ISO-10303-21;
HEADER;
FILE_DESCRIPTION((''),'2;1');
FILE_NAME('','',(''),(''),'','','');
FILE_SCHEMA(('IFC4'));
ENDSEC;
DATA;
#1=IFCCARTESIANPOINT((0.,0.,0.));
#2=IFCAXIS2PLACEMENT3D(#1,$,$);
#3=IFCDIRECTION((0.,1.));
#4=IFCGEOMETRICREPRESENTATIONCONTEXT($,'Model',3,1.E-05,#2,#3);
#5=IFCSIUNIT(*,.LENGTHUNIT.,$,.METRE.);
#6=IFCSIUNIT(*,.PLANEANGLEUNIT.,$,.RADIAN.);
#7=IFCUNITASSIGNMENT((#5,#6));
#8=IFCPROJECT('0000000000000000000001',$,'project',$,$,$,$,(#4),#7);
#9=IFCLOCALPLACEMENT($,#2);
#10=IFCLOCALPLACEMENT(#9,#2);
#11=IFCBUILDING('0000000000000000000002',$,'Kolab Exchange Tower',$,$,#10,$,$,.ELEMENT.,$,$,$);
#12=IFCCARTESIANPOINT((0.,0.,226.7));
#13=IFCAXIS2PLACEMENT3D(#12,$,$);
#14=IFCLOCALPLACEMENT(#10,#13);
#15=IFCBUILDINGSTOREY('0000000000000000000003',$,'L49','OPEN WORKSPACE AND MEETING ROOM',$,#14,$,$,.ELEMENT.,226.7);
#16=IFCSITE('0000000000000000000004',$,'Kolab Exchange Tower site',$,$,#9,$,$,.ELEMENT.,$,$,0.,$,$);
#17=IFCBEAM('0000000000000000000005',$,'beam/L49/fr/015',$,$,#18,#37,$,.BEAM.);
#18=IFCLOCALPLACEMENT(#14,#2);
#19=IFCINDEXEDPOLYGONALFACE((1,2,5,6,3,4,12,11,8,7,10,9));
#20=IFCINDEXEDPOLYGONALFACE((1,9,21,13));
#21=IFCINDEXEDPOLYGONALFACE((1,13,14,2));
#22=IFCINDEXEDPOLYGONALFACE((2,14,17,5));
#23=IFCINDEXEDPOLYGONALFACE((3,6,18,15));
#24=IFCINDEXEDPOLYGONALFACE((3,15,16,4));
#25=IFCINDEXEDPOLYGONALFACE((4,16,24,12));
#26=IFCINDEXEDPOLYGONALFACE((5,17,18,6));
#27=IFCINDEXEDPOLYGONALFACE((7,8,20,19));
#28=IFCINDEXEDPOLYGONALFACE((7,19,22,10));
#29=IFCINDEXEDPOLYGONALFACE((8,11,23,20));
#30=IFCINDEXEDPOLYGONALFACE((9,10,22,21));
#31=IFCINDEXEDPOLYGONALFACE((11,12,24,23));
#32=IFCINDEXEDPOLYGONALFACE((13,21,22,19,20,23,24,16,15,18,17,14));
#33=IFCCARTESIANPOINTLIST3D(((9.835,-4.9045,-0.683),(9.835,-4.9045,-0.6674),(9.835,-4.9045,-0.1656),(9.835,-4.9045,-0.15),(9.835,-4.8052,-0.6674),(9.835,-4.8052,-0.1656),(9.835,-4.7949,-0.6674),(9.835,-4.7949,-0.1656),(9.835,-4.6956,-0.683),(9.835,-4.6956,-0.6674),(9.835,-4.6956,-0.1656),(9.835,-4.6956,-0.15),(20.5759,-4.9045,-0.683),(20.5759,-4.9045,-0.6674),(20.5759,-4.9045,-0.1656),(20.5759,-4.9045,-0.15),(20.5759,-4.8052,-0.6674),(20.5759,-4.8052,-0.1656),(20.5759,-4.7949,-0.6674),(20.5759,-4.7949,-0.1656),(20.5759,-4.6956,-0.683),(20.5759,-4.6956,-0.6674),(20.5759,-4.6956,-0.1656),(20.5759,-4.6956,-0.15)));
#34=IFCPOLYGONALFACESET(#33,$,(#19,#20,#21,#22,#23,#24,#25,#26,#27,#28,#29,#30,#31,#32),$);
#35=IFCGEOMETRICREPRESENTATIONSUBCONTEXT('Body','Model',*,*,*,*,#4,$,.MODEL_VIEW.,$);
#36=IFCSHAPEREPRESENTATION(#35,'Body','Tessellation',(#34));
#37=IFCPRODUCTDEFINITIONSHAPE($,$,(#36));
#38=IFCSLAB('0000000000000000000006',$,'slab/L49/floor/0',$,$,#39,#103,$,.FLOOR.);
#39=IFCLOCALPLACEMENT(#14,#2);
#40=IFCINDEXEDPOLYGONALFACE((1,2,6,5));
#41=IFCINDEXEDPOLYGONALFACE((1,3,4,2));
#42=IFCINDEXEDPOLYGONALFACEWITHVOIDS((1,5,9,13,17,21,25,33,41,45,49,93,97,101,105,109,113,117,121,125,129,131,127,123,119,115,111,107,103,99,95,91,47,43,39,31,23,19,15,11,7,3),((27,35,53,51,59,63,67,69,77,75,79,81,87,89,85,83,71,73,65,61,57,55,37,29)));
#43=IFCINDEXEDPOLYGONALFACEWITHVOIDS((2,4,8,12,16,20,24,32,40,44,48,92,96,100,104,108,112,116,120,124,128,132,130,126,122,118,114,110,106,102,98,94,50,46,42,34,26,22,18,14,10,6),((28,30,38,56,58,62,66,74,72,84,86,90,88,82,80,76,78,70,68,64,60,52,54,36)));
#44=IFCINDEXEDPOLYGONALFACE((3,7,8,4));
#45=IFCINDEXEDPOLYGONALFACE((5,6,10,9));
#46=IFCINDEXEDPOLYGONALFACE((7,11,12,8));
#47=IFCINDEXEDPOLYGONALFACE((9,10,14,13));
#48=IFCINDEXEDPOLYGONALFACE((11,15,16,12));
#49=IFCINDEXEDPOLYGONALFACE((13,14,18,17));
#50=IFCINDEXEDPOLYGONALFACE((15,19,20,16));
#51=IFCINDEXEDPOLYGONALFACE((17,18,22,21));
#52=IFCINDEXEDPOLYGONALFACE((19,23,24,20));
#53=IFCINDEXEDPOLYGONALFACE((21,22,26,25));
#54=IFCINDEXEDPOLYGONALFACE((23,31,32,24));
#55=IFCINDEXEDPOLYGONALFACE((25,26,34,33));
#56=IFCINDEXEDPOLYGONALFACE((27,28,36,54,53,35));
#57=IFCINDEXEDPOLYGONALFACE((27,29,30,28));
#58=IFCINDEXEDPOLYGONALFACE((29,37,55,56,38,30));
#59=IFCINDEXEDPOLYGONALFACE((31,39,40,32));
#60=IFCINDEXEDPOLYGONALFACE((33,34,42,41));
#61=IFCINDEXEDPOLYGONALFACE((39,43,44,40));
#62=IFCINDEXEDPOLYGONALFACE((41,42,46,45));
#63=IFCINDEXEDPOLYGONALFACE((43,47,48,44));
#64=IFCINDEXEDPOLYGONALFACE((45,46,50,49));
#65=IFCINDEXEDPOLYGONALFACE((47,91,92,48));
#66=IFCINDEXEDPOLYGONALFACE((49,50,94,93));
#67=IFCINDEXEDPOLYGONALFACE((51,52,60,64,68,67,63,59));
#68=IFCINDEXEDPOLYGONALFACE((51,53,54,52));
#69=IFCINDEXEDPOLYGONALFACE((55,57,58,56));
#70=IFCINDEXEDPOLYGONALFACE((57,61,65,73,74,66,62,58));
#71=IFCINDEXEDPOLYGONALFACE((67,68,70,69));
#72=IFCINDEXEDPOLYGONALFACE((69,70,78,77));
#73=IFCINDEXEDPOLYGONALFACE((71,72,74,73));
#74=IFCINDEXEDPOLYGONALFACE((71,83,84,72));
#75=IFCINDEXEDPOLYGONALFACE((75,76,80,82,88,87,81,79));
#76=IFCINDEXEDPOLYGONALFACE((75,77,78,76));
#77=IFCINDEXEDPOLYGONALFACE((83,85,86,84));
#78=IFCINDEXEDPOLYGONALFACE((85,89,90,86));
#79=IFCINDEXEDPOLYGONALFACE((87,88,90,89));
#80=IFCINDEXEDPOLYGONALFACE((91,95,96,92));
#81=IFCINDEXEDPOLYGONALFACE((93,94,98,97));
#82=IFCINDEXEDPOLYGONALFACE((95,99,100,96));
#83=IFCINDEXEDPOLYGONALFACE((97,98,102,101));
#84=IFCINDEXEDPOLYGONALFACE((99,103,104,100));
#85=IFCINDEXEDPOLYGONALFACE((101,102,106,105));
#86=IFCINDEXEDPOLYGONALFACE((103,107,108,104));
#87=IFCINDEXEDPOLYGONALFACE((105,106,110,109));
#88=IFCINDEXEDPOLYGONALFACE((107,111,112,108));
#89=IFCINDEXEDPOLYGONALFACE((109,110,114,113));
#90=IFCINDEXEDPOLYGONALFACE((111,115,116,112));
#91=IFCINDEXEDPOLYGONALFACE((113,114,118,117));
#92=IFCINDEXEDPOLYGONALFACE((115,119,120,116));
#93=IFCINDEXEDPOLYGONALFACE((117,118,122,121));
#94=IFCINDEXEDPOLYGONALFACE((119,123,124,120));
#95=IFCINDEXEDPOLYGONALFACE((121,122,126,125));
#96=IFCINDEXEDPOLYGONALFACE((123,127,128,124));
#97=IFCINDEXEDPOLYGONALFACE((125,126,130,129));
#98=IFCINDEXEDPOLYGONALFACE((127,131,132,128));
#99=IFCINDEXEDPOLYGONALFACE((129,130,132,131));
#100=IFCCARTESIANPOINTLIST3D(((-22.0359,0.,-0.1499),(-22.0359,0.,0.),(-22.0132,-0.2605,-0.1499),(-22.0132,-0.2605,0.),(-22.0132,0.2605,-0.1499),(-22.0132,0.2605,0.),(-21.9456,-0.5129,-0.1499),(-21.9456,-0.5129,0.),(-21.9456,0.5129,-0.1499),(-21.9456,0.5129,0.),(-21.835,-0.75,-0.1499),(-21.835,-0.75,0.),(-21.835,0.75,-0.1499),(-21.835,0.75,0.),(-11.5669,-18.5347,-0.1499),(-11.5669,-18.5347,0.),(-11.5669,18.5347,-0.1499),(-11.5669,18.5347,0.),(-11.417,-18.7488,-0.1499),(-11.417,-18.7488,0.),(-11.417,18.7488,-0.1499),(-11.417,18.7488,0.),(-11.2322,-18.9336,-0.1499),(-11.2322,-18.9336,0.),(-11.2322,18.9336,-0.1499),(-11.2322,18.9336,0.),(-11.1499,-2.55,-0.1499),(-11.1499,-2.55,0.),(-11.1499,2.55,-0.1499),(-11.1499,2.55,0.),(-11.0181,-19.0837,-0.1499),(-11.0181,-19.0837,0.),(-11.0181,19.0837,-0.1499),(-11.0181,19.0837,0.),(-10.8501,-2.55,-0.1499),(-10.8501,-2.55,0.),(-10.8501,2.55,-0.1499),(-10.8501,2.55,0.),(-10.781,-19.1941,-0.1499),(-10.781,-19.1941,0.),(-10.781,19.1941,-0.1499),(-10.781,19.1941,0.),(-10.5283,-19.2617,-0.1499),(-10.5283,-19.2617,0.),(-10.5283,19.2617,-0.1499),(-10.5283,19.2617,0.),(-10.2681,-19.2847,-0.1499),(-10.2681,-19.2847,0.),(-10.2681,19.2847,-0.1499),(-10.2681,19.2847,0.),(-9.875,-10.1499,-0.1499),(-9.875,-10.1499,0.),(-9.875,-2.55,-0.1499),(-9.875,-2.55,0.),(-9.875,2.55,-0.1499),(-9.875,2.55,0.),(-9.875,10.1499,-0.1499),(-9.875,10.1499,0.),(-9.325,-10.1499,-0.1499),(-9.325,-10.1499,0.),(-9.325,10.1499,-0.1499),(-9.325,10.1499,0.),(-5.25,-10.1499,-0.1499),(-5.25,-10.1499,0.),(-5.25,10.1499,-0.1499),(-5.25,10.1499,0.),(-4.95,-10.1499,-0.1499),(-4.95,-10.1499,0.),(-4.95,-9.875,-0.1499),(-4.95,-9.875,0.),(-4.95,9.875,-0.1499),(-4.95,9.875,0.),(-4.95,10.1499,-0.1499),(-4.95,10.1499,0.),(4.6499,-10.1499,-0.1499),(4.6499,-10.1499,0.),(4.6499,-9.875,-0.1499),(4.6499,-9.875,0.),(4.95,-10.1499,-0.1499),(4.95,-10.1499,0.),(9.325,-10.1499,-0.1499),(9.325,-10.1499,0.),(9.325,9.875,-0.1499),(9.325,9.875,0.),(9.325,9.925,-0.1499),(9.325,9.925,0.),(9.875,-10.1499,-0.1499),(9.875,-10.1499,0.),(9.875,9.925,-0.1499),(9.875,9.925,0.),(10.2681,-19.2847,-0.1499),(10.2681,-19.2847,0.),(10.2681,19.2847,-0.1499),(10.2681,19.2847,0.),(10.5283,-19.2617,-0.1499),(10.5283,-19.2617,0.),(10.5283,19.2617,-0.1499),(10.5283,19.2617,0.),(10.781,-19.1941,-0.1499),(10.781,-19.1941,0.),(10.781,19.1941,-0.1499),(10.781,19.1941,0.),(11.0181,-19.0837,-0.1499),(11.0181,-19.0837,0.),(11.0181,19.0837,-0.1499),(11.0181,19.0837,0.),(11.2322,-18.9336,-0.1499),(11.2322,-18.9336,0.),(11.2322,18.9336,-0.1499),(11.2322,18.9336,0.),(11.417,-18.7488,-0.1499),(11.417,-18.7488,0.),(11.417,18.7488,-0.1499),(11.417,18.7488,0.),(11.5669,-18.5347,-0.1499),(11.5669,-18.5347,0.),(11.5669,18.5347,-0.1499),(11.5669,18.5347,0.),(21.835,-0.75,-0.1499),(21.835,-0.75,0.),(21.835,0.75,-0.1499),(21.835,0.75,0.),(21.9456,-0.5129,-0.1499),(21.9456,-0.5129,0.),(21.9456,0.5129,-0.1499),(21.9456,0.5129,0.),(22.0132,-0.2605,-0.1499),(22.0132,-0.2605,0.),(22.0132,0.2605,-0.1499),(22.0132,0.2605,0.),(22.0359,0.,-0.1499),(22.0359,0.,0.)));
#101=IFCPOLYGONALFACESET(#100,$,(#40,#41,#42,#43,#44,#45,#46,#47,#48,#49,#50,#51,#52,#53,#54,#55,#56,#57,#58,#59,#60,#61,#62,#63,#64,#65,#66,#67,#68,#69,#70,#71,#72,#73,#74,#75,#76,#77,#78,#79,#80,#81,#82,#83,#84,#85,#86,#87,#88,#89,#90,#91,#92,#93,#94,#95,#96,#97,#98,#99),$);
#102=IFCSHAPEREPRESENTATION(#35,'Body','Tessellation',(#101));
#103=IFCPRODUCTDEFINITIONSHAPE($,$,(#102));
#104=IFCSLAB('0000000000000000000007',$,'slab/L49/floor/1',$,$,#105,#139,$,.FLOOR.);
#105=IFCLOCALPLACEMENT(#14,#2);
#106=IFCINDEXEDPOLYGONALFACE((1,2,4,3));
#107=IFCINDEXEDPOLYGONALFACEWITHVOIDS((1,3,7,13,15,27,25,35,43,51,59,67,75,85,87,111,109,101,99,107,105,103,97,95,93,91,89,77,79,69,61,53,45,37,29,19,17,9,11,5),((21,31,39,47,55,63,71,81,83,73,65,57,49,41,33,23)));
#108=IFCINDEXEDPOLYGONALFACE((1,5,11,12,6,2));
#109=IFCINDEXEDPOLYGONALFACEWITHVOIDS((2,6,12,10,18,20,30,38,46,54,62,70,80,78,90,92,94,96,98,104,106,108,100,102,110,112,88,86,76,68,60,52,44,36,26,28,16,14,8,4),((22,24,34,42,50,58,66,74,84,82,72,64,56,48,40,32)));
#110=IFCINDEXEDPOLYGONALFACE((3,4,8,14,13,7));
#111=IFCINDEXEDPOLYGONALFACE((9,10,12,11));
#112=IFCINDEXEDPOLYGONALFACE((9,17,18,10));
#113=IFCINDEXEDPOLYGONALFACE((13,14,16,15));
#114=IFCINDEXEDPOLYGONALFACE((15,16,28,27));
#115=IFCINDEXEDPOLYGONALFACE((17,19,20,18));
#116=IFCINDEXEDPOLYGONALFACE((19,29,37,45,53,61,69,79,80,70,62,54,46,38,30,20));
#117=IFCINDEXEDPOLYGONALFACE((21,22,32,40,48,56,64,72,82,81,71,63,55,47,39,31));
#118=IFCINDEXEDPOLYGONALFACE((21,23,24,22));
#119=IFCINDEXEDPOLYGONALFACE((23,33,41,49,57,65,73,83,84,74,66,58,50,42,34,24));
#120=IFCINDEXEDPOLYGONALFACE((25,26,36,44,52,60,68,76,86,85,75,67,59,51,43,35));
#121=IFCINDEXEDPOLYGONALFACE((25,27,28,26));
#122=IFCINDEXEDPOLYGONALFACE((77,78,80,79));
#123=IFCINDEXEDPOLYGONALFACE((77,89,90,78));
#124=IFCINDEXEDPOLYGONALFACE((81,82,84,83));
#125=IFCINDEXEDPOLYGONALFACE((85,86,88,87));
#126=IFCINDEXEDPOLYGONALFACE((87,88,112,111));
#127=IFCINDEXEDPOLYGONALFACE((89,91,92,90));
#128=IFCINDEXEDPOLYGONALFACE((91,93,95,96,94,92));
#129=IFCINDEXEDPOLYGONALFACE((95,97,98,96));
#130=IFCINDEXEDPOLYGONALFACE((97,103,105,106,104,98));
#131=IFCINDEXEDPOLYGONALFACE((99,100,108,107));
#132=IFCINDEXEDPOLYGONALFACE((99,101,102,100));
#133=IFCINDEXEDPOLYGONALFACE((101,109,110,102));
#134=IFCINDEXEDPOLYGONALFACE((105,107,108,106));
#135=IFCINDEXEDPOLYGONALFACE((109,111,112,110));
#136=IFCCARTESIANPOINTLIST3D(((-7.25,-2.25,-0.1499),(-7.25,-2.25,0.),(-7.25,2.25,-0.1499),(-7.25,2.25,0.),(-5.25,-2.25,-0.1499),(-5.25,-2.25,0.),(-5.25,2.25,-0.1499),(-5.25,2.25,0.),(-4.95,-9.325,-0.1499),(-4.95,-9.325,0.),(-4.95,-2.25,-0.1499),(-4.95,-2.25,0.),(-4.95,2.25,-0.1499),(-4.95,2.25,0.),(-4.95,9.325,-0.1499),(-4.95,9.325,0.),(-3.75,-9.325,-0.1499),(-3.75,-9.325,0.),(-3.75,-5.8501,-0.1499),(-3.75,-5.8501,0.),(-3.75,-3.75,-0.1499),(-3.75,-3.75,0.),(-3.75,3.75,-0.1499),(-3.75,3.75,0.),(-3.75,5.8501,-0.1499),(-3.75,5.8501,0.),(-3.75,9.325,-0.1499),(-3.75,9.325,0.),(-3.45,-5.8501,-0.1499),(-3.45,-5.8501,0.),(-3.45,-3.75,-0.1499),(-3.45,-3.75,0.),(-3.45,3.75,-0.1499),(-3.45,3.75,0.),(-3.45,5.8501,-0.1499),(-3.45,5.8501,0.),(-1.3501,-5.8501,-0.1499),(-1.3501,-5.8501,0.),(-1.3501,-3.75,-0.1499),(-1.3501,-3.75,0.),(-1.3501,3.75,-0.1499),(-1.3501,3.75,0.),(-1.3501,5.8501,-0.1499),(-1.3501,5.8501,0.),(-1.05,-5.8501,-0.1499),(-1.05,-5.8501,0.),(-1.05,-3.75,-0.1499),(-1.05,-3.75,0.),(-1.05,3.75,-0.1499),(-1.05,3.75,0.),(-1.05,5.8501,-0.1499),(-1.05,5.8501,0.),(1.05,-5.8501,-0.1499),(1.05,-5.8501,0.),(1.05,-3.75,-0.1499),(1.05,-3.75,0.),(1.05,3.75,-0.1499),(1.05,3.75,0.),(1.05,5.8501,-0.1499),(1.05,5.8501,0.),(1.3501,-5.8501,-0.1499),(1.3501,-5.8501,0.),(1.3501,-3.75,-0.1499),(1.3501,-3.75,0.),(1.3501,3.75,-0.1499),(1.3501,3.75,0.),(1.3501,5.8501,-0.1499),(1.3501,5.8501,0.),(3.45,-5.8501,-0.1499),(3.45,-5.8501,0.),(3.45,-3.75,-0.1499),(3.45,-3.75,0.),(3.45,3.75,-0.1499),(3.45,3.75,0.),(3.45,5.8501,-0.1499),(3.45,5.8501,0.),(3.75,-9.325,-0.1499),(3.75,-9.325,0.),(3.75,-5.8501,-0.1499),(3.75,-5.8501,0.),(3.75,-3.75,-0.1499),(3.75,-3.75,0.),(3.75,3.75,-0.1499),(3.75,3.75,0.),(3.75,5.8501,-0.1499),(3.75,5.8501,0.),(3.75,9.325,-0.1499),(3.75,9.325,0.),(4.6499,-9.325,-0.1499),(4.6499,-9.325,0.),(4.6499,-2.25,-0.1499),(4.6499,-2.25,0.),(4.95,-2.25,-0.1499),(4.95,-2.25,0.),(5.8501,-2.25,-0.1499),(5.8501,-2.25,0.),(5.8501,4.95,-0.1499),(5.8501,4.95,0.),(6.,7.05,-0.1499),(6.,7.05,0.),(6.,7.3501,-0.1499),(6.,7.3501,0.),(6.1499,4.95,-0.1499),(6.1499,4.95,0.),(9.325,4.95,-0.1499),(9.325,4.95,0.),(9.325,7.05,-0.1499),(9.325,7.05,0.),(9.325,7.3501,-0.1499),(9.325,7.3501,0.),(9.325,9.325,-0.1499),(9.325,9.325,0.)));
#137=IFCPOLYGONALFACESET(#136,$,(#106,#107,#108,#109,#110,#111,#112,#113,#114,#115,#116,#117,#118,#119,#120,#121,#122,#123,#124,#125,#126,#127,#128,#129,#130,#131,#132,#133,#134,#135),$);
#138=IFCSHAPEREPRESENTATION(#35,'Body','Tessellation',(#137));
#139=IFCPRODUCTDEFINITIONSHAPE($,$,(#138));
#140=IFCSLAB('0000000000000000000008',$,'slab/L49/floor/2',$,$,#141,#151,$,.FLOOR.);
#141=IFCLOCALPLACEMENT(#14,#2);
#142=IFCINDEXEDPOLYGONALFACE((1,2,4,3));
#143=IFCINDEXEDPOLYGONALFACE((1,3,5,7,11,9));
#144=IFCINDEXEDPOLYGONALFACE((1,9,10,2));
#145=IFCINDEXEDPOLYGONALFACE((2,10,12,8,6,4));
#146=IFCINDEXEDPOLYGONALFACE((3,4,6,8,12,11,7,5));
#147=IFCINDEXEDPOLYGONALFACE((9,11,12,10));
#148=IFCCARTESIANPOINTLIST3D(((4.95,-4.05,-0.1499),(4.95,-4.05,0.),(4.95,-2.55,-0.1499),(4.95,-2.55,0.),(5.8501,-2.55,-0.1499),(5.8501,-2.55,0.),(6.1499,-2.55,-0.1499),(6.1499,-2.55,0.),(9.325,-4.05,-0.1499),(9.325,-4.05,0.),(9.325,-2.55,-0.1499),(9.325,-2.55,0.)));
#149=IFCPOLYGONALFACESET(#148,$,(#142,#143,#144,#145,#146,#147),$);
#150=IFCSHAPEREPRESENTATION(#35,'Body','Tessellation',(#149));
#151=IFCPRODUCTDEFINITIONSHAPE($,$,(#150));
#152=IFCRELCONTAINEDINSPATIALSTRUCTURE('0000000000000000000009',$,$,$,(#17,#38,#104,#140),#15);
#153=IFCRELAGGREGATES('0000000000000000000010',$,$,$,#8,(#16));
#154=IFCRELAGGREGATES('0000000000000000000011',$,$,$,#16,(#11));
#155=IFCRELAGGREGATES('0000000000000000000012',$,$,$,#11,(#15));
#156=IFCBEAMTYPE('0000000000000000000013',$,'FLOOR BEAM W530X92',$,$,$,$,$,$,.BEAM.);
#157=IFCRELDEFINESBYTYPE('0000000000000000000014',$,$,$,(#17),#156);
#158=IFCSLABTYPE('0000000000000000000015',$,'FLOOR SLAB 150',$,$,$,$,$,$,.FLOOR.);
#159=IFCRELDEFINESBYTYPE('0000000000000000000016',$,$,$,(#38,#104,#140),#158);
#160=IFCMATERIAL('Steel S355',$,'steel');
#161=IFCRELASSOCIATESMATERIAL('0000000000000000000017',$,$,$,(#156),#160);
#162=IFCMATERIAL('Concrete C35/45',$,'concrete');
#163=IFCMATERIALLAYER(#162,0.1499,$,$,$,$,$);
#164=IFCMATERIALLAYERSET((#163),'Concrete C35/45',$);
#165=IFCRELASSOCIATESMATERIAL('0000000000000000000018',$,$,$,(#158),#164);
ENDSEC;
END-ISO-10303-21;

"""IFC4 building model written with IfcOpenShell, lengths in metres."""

from ifc_helpers import new_model, si_unit, direction, frame, origin, origin_2d, place, context, subcontext, project, spatial, polyline, i_section, outline, extrude, material, layer, layer_set, material_profile, profile_set, type_object, element, save


model = new_model("IFC4")

# Units and contexts
model_context = context("Model", 3, precision=1e-05, world=origin(), true_north=direction((0.0, 1.0)))
body_context = subcontext(model_context, "Body", "Model", "MODEL_VIEW")
ifc_project = project(units=[si_unit("LENGTHUNIT", "METRE"), si_unit("PLANEANGLEUNIT", "RADIAN")], contexts=[model_context])

# Site, building, storey
site_placement = place(None, origin())
site = spatial("IfcSite", under=ifc_project, at=site_placement, Name="Kolab Exchange Tower site", CompositionType="ELEMENT", RefElevation=0.0)
building_placement = place(site_placement, origin())
building = spatial("IfcBuilding", under=site, at=building_placement, Name="Kolab Exchange Tower", CompositionType="ELEMENT")
storey_placement = place(building_placement, frame((0.0, 0.0, 226.7)))
storey = spatial("IfcBuildingStorey", under=building, at=storey_placement, Name="L49", Description="OPEN WORKSPACE AND MEETING ROOM", CompositionType="ELEMENT", Elevation=226.7)

# Beam
ifc_material_1 = material(Name="Steel S355", Category="steel")
ifc_material_profile = material_profile(ifc_material_1, i_section(OverallWidth=0.209, OverallDepth=0.533, WebThickness=0.0103, FlangeThickness=0.0156, at=origin_2d()), Name="W530X92")
ifc_profile_set = profile_set([ifc_material_profile], Name="Steel S355")
beam_type = type_object("IfcBeamType", Name="FLOOR BEAM W530X92", PredefinedType="BEAM", material=ifc_profile_set)
beam_placement = place(storey_placement, frame((9.835, -4.8, -0.4165), z_axis=(1.0, 0.0, 0.0), x_axis=(0.0, 1.0, 0.0)))
element("IfcBeam", 1, at=beam_placement, inside=storey, type_object=beam_type, Name="beam/L49/fr/015", PredefinedType="BEAM", context=body_context, shape_type="SweptSolid", body=[
    extrude(i_section(OverallWidth=0.209, OverallDepth=0.533, WebThickness=0.0103, FlangeThickness=0.0156, at=origin_2d()), origin(), (0.0, 0.0, 1.0), 10.741),
])

# Slabs
ifc_material_2 = material(Name="Concrete C35/45", Category="concrete")
ifc_layer_1 = layer(ifc_material_2, 0.1499)
ifc_layer_set_1 = layer_set([ifc_layer_1], Name="Concrete C35/45")
slab_type_1 = type_object("IfcSlabType", Name="FLOOR SLAB 150", PredefinedType="FLOOR", material=ifc_layer_set_1)
slab_1_placement = place(storey_placement, frame((0.0, 0.0, -0.1499)))
element("IfcSlab", 2, at=slab_1_placement, inside=storey, type_object=slab_type_1, Name="slab/L49/floor/0", PredefinedType="FLOOR", context=body_context, shape_type="SweptSolid", body=[
    extrude(outline(polyline([(11.5669, -18.5347), (21.835, -0.75), (21.9456, -0.5129), (22.0132, -0.2605), (22.0359, 0.0), (22.0132, 0.2605), (21.9456, 0.5129), (21.835, 0.75), (11.5669, 18.5347), (11.417, 18.7488), (11.2322, 18.9336), (11.0181, 19.0837), (10.781, 19.1941), (10.5283, 19.2617), (10.2681, 19.2847), (-10.2681, 19.2847), (-10.5283, 19.2617), (-10.781, 19.1941), (-11.0181, 19.0837), (-11.2322, 18.9336), (-11.417, 18.7488), (-11.5669, 18.5347), (-21.835, 0.75), (-21.9456, 0.5129), (-22.0132, 0.2605), (-22.0359, 0.0), (-22.0132, -0.2605), (-21.9456, -0.5129), (-21.835, -0.75), (-11.5669, -18.5347), (-11.417, -18.7488), (-11.2322, -18.9336), (-11.0181, -19.0837), (-10.781, -19.1941), (-10.5283, -19.2617), (-10.2681, -19.2847), (10.2681, -19.2847), (10.5283, -19.2617), (10.781, -19.1941), (11.0181, -19.0837), (11.2322, -18.9336), (11.417, -18.7488), (11.5669, -18.5347)]), holes=[polyline([(-9.325, -10.1499), (-9.875, -10.1499), (-9.875, -2.55), (-10.8501, -2.55), (-11.1499, -2.55), (-11.1499, 2.55), (-10.8501, 2.55), (-9.875, 2.55), (-9.875, 10.1499), (-9.325, 10.1499), (-5.25, 10.1499), (-4.95, 10.1499), (-4.95, 9.875), (9.325, 9.875), (9.325, 9.925), (9.875, 9.925), (9.875, -10.1499), (9.325, -10.1499), (4.95, -10.1499), (4.6499, -10.1499), (4.6499, -9.875), (-4.95, -9.875), (-4.95, -10.1499), (-5.25, -10.1499), (-9.325, -10.1499)])]), origin(), (0.0, 0.0, 1.0), 0.1499),
])
slab_2_placement = place(storey_placement, frame((0.0, 0.0, -0.1499)))
element("IfcSlab", 3, at=slab_2_placement, inside=storey, type_object=slab_type_1, Name="slab/L49/floor/1", PredefinedType="FLOOR", context=body_context, shape_type="SweptSolid", body=[
    extrude(outline(polyline([(-4.95, 9.325), (-4.95, 2.25), (-5.25, 2.25), (-7.25, 2.25), (-7.25, -2.25), (-5.25, -2.25), (-4.95, -2.25), (-4.95, -9.325), (-3.75, -9.325), (-3.75, -5.8501), (-3.45, -5.8501), (-1.3501, -5.8501), (-1.05, -5.8501), (1.05, -5.8501), (1.3501, -5.8501), (3.45, -5.8501), (3.75, -5.8501), (3.75, -9.325), (4.6499, -9.325), (4.6499, -2.25), (4.95, -2.25), (5.8501, -2.25), (5.8501, 4.95), (6.1499, 4.95), (9.325, 4.95), (9.325, 7.05), (6.0, 7.05), (6.0, 7.3501), (9.325, 7.3501), (9.325, 9.325), (3.75, 9.325), (3.75, 5.8501), (3.45, 5.8501), (1.3501, 5.8501), (1.05, 5.8501), (-1.05, 5.8501), (-1.3501, 5.8501), (-3.45, 5.8501), (-3.75, 5.8501), (-3.75, 9.325), (-4.95, 9.325)]), holes=[polyline([(-3.45, -3.75), (-3.75, -3.75), (-3.75, 3.75), (-3.45, 3.75), (-1.3501, 3.75), (-1.05, 3.75), (1.05, 3.75), (1.3501, 3.75), (3.45, 3.75), (3.75, 3.75), (3.75, -3.75), (3.45, -3.75), (1.3501, -3.75), (1.05, -3.75), (-1.05, -3.75), (-1.3501, -3.75), (-3.45, -3.75)])]), origin(), (0.0, 0.0, 1.0), 0.1499),
])
slab_3_placement = place(storey_placement, frame((0.0, 0.0, -0.1499)))
element("IfcSlab", 4, at=slab_3_placement, inside=storey, type_object=slab_type_1, Name="slab/L49/floor/2", PredefinedType="FLOOR", context=body_context, shape_type="SweptSolid", body=[
    extrude(outline(polyline([(4.95, -2.55), (4.95, -4.05), (9.325, -4.05), (9.325, -2.55), (6.1499, -2.55), (5.8501, -2.55), (4.95, -2.55)])), origin(), (0.0, 0.0, 1.0), 0.1499),
])

save(model, "model.ifc")
